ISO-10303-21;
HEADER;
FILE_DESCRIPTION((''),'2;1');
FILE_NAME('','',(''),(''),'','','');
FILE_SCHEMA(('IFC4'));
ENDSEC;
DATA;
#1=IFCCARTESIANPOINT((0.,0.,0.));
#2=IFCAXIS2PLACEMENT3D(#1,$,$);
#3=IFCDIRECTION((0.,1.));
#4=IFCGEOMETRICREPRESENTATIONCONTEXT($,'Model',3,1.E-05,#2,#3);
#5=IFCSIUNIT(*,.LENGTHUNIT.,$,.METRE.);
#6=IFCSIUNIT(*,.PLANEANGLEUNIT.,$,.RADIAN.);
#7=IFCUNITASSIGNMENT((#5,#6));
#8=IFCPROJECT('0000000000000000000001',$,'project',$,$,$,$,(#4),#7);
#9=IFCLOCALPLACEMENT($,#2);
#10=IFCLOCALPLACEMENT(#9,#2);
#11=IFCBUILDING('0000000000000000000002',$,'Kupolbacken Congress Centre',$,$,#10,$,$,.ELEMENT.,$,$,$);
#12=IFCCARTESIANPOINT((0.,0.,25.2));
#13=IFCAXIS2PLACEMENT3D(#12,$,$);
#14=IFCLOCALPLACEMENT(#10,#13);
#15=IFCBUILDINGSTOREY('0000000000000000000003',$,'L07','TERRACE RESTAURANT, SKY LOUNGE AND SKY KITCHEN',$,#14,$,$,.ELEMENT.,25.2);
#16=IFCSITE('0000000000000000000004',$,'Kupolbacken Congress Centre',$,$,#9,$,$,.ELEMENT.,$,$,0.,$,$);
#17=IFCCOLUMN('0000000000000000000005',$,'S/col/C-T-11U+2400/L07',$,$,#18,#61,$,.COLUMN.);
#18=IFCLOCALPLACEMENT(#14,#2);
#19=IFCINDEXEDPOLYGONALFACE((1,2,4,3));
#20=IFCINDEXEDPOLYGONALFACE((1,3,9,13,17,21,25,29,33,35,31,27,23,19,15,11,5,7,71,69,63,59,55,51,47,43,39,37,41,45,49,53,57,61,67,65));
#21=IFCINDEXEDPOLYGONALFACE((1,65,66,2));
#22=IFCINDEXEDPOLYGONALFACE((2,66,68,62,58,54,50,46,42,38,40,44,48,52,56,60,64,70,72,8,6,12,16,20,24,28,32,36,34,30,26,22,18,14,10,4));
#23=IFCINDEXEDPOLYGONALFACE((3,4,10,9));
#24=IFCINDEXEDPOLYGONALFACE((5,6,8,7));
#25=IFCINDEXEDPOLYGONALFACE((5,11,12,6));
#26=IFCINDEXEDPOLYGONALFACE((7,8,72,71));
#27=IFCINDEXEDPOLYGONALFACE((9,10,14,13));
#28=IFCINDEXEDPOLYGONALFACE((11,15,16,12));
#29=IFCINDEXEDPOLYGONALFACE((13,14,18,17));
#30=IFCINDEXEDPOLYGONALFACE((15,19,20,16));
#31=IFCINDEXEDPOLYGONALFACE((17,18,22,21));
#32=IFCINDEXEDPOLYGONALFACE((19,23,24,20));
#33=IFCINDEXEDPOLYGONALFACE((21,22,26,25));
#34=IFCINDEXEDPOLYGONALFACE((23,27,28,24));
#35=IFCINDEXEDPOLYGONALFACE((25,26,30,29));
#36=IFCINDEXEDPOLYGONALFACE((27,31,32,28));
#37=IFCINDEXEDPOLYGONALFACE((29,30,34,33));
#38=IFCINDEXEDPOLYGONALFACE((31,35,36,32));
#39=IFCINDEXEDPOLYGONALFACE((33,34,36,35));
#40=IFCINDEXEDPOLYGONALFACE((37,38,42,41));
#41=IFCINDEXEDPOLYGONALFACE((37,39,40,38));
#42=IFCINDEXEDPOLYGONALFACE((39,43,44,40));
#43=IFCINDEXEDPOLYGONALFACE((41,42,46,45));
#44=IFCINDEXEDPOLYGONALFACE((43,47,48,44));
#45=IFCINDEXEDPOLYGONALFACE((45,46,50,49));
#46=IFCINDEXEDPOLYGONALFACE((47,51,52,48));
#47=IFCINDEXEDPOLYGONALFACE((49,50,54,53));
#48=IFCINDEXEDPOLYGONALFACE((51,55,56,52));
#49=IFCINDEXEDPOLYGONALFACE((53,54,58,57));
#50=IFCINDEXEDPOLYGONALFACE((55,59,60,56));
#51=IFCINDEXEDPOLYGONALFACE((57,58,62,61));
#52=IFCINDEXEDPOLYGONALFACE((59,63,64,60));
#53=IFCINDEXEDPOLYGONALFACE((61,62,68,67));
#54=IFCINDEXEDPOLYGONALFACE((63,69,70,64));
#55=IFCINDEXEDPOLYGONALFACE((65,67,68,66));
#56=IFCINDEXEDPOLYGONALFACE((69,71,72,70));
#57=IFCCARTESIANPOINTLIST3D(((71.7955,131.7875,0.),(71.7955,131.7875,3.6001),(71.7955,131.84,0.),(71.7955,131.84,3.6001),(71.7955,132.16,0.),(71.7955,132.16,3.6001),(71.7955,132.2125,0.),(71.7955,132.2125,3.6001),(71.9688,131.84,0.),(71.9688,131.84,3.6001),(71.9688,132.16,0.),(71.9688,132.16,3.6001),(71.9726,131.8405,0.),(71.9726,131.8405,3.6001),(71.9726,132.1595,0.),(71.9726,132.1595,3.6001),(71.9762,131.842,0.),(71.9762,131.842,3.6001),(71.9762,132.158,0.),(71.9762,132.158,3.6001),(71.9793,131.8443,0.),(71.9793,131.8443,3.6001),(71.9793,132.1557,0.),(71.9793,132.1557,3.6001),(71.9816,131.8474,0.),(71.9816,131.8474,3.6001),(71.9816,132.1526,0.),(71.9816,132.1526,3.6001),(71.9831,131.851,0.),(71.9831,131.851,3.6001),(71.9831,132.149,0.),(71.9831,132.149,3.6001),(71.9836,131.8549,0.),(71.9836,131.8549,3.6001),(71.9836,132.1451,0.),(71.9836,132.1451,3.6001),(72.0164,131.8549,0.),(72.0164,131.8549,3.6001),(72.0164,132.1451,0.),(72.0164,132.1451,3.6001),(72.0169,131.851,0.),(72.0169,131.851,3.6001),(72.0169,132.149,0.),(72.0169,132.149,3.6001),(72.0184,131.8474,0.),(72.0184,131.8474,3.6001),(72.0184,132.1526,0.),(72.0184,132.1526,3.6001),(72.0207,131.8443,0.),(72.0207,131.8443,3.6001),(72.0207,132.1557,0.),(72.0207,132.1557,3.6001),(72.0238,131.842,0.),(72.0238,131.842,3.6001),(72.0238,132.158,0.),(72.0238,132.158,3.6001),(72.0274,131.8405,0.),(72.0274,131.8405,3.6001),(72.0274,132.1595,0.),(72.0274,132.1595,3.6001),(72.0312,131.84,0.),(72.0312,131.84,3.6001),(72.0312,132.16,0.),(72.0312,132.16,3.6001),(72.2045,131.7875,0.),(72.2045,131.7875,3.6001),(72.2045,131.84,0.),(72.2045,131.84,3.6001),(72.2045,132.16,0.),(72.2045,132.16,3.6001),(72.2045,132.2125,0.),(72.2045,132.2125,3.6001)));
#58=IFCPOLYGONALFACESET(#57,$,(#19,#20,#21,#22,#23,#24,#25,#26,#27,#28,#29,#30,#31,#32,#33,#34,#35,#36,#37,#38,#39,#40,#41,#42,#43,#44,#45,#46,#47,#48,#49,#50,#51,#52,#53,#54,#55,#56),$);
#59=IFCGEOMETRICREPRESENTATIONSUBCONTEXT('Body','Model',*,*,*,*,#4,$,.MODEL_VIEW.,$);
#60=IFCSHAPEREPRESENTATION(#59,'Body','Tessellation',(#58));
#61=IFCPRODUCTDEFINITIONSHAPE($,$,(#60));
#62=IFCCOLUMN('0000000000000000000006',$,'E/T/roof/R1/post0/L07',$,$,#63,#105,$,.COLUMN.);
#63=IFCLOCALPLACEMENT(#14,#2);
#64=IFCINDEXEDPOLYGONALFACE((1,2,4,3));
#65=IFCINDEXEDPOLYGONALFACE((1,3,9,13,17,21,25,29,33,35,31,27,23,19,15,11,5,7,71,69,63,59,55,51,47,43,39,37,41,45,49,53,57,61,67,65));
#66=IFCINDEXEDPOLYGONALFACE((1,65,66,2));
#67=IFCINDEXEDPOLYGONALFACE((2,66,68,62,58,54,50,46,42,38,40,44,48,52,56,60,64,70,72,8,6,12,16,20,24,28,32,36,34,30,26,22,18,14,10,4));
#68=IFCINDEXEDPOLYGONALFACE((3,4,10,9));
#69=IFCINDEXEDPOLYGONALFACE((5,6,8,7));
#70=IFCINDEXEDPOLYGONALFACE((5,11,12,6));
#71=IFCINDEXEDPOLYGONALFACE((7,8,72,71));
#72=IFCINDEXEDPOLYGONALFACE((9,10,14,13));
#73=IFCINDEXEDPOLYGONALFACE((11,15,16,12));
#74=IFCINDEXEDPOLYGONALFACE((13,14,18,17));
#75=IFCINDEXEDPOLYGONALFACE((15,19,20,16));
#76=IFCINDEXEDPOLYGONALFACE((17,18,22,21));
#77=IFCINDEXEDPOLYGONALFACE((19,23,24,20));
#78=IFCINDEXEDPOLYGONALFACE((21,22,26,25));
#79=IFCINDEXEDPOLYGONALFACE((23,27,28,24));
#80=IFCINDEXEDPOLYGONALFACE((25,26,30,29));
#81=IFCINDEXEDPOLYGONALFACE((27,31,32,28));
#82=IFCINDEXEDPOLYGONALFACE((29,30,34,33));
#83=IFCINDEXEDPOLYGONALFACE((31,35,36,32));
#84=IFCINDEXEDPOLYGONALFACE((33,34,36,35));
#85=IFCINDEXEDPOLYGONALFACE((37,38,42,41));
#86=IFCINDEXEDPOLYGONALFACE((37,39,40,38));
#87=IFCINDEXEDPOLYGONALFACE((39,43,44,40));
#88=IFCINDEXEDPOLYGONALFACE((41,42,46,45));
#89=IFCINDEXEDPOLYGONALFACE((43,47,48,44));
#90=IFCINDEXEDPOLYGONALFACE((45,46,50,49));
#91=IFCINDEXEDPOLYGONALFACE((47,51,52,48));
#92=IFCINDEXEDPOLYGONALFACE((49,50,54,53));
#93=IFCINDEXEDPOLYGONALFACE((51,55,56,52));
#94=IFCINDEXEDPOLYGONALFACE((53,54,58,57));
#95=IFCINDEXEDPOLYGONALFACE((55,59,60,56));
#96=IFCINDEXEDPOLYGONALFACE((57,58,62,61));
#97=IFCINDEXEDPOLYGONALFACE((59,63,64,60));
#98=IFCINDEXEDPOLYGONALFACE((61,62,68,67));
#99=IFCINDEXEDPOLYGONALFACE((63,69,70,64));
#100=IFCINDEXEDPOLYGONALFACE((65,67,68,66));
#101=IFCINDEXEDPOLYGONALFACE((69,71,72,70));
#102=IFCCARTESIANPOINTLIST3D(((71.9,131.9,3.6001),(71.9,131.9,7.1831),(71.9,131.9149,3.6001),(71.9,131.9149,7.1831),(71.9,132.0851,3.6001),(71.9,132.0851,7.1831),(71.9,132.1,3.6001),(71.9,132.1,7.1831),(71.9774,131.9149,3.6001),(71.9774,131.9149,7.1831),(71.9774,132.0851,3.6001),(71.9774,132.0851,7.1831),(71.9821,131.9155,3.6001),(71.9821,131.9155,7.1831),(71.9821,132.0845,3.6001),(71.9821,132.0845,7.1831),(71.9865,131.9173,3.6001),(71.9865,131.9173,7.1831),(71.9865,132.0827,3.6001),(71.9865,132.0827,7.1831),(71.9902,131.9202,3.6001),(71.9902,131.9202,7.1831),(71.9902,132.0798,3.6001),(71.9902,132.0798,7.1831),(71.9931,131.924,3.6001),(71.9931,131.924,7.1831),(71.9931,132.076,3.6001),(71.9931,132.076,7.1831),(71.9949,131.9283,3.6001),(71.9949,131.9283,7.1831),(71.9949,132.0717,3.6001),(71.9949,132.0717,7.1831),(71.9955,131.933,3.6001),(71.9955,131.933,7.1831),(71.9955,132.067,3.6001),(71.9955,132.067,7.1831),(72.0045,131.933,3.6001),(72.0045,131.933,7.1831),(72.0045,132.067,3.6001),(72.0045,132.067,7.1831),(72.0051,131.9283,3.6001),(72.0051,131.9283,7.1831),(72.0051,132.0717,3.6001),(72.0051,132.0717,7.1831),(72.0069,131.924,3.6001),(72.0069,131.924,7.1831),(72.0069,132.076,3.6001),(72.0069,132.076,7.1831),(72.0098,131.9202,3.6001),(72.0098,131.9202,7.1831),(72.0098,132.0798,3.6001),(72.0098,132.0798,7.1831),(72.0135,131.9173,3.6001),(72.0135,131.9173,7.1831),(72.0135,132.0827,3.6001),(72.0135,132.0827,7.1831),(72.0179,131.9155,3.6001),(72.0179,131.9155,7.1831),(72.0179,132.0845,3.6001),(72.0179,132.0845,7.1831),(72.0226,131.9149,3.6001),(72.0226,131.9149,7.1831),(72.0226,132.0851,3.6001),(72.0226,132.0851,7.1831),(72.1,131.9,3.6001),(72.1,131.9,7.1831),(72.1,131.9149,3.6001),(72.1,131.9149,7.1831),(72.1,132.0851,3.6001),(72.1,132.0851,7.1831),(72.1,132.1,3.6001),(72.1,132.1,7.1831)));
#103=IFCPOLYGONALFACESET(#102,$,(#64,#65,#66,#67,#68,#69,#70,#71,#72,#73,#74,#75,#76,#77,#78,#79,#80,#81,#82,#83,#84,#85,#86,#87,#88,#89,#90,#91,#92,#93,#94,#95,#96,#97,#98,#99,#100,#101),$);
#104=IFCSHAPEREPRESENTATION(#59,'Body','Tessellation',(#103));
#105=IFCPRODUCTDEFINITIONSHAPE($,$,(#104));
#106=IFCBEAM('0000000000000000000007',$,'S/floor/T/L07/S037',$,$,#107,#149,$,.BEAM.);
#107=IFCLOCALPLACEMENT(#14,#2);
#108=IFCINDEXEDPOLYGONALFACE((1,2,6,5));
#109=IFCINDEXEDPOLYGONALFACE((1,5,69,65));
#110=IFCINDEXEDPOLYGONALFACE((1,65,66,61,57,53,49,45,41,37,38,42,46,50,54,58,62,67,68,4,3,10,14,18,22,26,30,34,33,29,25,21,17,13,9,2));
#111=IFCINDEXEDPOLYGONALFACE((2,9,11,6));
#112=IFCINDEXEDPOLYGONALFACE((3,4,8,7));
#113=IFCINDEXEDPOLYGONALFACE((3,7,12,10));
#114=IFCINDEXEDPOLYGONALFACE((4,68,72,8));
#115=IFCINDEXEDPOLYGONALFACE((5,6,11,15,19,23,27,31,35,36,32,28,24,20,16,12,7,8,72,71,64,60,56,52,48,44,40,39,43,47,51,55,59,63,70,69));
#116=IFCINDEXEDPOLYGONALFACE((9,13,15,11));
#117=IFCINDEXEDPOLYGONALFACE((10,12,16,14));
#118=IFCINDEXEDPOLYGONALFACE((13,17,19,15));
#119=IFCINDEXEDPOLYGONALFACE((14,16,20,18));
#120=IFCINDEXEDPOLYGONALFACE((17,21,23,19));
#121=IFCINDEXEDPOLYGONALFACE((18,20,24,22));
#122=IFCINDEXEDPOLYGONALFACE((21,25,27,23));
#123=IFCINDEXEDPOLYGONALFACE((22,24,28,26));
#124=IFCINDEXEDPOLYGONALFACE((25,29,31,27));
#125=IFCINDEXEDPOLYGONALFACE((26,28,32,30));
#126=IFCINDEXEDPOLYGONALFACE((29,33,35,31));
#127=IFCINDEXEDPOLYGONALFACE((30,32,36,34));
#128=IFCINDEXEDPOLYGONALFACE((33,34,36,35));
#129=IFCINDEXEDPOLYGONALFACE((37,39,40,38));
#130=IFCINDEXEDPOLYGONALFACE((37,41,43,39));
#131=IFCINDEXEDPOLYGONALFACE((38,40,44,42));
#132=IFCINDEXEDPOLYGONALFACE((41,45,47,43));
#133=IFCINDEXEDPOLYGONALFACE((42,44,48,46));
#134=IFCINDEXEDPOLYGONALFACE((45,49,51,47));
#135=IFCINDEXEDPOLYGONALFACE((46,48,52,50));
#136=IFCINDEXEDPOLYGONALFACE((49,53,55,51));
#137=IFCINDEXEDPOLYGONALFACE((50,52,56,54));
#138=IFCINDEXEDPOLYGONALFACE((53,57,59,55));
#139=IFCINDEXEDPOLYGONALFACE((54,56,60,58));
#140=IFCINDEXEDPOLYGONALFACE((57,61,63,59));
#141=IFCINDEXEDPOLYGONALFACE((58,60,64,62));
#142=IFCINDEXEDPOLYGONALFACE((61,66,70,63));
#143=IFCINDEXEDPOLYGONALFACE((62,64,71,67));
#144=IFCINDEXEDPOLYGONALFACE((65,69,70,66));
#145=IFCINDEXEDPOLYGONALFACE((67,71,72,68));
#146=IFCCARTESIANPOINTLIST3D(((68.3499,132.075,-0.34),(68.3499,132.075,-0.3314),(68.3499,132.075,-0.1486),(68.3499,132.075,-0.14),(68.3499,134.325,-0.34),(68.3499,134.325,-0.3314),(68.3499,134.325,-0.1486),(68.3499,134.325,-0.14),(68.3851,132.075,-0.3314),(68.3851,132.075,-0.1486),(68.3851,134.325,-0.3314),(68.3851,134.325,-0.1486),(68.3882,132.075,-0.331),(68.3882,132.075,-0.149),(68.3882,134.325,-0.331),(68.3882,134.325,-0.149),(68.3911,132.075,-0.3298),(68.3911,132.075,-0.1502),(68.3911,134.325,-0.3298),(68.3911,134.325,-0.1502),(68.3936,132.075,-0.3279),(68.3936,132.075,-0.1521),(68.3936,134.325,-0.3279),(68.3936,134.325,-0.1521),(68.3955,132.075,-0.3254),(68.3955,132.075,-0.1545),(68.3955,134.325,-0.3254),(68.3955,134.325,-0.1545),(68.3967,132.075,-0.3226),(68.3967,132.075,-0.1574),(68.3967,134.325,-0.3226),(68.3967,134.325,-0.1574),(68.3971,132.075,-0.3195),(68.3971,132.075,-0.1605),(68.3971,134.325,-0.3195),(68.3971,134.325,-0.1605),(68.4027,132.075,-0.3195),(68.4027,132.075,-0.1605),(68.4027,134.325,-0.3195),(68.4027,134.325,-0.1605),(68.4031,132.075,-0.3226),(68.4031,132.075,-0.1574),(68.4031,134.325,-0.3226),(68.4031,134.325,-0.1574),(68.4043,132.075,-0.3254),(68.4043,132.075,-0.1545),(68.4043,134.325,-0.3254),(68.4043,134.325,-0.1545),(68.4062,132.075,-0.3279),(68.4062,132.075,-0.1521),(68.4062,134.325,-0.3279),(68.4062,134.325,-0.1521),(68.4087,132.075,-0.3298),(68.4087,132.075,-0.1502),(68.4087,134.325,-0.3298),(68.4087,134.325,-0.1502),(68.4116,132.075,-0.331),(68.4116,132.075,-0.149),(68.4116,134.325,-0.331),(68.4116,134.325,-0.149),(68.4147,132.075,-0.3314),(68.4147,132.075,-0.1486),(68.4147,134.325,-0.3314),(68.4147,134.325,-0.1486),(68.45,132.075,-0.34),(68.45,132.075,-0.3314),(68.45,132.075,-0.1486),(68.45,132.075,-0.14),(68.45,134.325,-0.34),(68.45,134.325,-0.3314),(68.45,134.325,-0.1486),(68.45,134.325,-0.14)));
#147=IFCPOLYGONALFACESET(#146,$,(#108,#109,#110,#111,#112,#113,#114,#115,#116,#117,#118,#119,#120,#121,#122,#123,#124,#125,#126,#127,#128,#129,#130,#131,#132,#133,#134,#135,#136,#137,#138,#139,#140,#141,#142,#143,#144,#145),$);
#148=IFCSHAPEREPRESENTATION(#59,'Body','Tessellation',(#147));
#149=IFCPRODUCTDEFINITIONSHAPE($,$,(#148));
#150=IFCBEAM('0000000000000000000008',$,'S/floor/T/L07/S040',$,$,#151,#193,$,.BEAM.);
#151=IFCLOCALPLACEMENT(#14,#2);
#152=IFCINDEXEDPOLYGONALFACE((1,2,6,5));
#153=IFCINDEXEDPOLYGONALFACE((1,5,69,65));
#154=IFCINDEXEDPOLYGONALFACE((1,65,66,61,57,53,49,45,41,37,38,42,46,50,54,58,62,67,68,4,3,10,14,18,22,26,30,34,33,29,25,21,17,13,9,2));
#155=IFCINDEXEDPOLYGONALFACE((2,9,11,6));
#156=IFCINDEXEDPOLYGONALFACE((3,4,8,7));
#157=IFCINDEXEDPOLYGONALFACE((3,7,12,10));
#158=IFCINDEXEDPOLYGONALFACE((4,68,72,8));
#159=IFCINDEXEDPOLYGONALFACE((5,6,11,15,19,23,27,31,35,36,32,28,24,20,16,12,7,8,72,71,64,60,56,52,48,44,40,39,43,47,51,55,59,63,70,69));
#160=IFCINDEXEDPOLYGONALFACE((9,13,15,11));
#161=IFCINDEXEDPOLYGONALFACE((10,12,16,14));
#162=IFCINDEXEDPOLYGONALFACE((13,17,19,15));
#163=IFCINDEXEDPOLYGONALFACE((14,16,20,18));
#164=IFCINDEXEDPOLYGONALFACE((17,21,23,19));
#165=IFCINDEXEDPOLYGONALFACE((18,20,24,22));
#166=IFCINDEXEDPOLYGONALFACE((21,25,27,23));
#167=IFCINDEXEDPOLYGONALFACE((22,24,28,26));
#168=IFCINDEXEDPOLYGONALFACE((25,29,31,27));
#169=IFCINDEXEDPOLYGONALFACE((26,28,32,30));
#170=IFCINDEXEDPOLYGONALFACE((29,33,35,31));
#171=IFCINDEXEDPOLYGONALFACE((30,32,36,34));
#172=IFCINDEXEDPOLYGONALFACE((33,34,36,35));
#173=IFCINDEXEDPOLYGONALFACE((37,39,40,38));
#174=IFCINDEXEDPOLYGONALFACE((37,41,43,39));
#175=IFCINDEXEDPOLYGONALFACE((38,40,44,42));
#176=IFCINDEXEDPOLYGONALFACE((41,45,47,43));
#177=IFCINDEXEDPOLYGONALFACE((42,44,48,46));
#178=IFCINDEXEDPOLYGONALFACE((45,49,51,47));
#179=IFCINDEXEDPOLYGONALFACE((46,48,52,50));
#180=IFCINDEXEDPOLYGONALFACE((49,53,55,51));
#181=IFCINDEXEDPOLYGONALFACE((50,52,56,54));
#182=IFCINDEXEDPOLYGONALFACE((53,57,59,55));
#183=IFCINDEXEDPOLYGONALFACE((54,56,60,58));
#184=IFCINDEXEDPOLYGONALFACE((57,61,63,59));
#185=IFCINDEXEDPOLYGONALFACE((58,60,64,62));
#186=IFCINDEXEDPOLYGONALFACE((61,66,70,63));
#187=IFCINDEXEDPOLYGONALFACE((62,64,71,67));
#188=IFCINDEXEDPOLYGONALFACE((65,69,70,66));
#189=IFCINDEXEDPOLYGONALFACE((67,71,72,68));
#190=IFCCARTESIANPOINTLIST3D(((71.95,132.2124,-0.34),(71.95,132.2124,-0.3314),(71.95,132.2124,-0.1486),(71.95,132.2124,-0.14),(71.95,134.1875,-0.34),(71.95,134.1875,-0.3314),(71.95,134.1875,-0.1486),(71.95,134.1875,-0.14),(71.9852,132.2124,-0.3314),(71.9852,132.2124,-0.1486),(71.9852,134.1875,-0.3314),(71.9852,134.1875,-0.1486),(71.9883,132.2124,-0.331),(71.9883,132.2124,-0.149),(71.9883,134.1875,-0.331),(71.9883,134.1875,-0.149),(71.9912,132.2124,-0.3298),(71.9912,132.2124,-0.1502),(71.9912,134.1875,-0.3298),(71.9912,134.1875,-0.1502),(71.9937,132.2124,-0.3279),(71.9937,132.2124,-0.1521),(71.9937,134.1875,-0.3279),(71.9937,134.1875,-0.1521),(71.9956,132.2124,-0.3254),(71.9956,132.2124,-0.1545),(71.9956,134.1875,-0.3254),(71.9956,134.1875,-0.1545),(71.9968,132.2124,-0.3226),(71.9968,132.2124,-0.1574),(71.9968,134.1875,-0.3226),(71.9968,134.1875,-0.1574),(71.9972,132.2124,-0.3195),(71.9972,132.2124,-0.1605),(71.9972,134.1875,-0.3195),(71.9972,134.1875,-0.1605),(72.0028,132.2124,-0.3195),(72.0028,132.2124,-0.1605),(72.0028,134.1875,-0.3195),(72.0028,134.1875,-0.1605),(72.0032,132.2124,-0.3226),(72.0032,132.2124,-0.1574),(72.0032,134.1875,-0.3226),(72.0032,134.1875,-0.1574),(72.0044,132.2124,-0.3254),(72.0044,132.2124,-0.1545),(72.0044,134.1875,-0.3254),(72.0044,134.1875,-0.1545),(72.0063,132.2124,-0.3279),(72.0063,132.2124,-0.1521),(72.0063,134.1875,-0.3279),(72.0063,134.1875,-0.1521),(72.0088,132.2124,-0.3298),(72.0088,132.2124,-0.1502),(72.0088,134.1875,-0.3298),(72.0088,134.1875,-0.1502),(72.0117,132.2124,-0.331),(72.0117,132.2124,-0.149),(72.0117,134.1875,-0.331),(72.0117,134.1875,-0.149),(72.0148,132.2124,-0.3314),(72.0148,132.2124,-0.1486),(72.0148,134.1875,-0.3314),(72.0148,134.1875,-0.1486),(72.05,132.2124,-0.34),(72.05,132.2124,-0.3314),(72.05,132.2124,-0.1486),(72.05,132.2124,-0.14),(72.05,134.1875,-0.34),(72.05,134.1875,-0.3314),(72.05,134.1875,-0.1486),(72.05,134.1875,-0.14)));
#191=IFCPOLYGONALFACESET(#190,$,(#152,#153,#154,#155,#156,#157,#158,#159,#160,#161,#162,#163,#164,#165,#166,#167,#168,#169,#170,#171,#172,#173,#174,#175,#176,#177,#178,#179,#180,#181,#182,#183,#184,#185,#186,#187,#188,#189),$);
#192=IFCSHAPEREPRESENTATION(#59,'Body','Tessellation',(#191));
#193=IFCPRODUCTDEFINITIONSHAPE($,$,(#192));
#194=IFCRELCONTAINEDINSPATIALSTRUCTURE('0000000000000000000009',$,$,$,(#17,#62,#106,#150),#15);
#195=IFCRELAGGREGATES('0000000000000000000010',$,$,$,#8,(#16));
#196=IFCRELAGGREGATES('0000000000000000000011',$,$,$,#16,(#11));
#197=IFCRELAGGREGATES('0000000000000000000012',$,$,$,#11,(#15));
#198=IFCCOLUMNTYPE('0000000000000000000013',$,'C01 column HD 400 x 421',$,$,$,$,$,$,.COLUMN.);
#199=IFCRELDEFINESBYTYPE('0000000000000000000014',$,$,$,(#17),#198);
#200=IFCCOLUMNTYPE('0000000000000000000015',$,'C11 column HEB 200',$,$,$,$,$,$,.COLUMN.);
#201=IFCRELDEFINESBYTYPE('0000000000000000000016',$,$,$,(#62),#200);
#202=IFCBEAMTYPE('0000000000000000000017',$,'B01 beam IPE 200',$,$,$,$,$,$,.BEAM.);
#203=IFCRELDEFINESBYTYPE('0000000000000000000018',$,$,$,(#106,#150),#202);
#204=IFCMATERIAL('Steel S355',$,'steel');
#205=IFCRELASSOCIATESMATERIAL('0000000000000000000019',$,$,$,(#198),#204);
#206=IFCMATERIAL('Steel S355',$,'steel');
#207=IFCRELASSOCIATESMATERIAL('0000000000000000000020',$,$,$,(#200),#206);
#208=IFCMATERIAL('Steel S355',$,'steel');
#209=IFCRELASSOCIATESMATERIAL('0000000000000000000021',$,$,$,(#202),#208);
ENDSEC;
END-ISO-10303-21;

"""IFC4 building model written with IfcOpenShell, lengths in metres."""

from ifc_helpers import new_model, si_unit, direction, frame, origin, origin_2d, place, context, subcontext, project, spatial, i_section, extrude, material, material_profile, profile_set, type_object, element, save


model = new_model("IFC4")

# Units and contexts
model_context = context("Model", 3, precision=1e-05, world=origin(), true_north=direction((0.0, 1.0)))
body_context = subcontext(model_context, "Body", "Model", "MODEL_VIEW")
ifc_project = project(units=[si_unit("LENGTHUNIT", "METRE"), si_unit("PLANEANGLEUNIT", "RADIAN")], contexts=[model_context])

# Site, building, storey
site_placement = place(None, origin())
site = spatial("IfcSite", under=ifc_project, at=site_placement, Name="Kupolbacken Congress Centre", CompositionType="ELEMENT", RefElevation=0.0)
building_placement = place(site_placement, origin())
building = spatial("IfcBuilding", under=site, at=building_placement, Name="Kupolbacken Congress Centre", CompositionType="ELEMENT")
storey_placement = place(building_placement, frame((0.0, 0.0, 25.2)))
storey = spatial("IfcBuildingStorey", under=building, at=storey_placement, Name="L07", Description="TERRACE RESTAURANT, SKY LOUNGE AND SKY KITCHEN", CompositionType="ELEMENT", Elevation=25.2)

# Columns
ifc_material_1 = material(Name="Steel S355", Category="steel")
ifc_material_profile_1 = material_profile(ifc_material_1, i_section(OverallWidth=0.4089, OverallDepth=0.425, WebThickness=0.0327, FlangeThickness=0.0525, FilletRadius=0.0149, at=origin_2d()), Name="HD 400 x 421")
ifc_profile_set_1 = profile_set([ifc_material_profile_1], Name="Steel S355")
column_type_1 = type_object("IfcColumnType", Name="C01 column HD 400 x 421", PredefinedType="COLUMN", material=ifc_profile_set_1)
column_1_placement = place(storey_placement, frame((72.0, 132.0, 0.0), z_axis=(0.0, 0.0, 1.0), x_axis=(1.0, 0.0, 0.0)))
element("IfcColumn", 1, at=column_1_placement, inside=storey, type_object=column_type_1, Name="S/col/C-T-11U+2400/L07", PredefinedType="COLUMN", context=body_context, shape_type="SweptSolid", body=[
    extrude(i_section(OverallWidth=0.4089, OverallDepth=0.425, WebThickness=0.0327, FlangeThickness=0.0525, FilletRadius=0.0149, at=origin_2d()), origin(), (0.0, 0.0, 1.0), 3.6001),
])
ifc_material_2 = material(Name="Steel S355", Category="steel")
ifc_material_profile_2 = material_profile(ifc_material_2, i_section(OverallWidth=0.2, OverallDepth=0.2, WebThickness=0.009, FlangeThickness=0.0149, FilletRadius=0.0181, at=origin_2d()), Name="HEB 200")
ifc_profile_set_2 = profile_set([ifc_material_profile_2], Name="Steel S355")
column_type_2 = type_object("IfcColumnType", Name="C11 column HEB 200", PredefinedType="COLUMN", material=ifc_profile_set_2)
column_2_placement = place(storey_placement, frame((72.0, 132.0, 3.6001), z_axis=(0.0, 0.0, 1.0), x_axis=(1.0, 0.0, 0.0)))
element("IfcColumn", 2, at=column_2_placement, inside=storey, type_object=column_type_2, Name="E/T/roof/R1/post0/L07", PredefinedType="COLUMN", context=body_context, shape_type="SweptSolid", body=[
    extrude(i_section(OverallWidth=0.2, OverallDepth=0.2, WebThickness=0.009, FlangeThickness=0.0149, FilletRadius=0.0181, at=origin_2d()), origin(), (0.0, 0.0, 1.0), 3.583),
])

# Beams
ifc_material_3 = material(Name="Steel S355", Category="steel")
ifc_material_profile_3 = material_profile(ifc_material_3, i_section(OverallWidth=0.1001, OverallDepth=0.2, WebThickness=0.0056, FlangeThickness=0.0085, FilletRadius=0.012, at=origin_2d()), Name="IPE 200")
ifc_profile_set_3 = profile_set([ifc_material_profile_3], Name="Steel S355")
beam_type_1 = type_object("IfcBeamType", Name="B01 beam IPE 200", PredefinedType="BEAM", material=ifc_profile_set_3)
beam_1_placement = place(storey_placement, frame((68.3999, 132.075, -0.24), z_axis=(0.0, 1.0, 0.0), x_axis=(-1.0, 0.0, 0.0)))
element("IfcBeam", 3, at=beam_1_placement, inside=storey, type_object=beam_type_1, Name="S/floor/T/L07/S037", PredefinedType="BEAM", context=body_context, shape_type="SweptSolid", body=[
    extrude(i_section(OverallWidth=0.1001, OverallDepth=0.2, WebThickness=0.0056, FlangeThickness=0.0085, FilletRadius=0.012, at=origin_2d()), origin(), (0.0, 0.0, 1.0), 2.25),
])
beam_2_placement = place(storey_placement, frame((72.0, 132.2124, -0.24), z_axis=(0.0, 1.0, 0.0), x_axis=(-1.0, 0.0, 0.0)))
element("IfcBeam", 4, at=beam_2_placement, inside=storey, type_object=beam_type_1, Name="S/floor/T/L07/S040", PredefinedType="BEAM", context=body_context, shape_type="SweptSolid", body=[
    extrude(i_section(OverallWidth=0.1001, OverallDepth=0.2, WebThickness=0.0056, FlangeThickness=0.0085, FilletRadius=0.012, at=origin_2d()), origin(), (0.0, 0.0, 1.0), 1.9751),
])

save(model, "model.ifc")
